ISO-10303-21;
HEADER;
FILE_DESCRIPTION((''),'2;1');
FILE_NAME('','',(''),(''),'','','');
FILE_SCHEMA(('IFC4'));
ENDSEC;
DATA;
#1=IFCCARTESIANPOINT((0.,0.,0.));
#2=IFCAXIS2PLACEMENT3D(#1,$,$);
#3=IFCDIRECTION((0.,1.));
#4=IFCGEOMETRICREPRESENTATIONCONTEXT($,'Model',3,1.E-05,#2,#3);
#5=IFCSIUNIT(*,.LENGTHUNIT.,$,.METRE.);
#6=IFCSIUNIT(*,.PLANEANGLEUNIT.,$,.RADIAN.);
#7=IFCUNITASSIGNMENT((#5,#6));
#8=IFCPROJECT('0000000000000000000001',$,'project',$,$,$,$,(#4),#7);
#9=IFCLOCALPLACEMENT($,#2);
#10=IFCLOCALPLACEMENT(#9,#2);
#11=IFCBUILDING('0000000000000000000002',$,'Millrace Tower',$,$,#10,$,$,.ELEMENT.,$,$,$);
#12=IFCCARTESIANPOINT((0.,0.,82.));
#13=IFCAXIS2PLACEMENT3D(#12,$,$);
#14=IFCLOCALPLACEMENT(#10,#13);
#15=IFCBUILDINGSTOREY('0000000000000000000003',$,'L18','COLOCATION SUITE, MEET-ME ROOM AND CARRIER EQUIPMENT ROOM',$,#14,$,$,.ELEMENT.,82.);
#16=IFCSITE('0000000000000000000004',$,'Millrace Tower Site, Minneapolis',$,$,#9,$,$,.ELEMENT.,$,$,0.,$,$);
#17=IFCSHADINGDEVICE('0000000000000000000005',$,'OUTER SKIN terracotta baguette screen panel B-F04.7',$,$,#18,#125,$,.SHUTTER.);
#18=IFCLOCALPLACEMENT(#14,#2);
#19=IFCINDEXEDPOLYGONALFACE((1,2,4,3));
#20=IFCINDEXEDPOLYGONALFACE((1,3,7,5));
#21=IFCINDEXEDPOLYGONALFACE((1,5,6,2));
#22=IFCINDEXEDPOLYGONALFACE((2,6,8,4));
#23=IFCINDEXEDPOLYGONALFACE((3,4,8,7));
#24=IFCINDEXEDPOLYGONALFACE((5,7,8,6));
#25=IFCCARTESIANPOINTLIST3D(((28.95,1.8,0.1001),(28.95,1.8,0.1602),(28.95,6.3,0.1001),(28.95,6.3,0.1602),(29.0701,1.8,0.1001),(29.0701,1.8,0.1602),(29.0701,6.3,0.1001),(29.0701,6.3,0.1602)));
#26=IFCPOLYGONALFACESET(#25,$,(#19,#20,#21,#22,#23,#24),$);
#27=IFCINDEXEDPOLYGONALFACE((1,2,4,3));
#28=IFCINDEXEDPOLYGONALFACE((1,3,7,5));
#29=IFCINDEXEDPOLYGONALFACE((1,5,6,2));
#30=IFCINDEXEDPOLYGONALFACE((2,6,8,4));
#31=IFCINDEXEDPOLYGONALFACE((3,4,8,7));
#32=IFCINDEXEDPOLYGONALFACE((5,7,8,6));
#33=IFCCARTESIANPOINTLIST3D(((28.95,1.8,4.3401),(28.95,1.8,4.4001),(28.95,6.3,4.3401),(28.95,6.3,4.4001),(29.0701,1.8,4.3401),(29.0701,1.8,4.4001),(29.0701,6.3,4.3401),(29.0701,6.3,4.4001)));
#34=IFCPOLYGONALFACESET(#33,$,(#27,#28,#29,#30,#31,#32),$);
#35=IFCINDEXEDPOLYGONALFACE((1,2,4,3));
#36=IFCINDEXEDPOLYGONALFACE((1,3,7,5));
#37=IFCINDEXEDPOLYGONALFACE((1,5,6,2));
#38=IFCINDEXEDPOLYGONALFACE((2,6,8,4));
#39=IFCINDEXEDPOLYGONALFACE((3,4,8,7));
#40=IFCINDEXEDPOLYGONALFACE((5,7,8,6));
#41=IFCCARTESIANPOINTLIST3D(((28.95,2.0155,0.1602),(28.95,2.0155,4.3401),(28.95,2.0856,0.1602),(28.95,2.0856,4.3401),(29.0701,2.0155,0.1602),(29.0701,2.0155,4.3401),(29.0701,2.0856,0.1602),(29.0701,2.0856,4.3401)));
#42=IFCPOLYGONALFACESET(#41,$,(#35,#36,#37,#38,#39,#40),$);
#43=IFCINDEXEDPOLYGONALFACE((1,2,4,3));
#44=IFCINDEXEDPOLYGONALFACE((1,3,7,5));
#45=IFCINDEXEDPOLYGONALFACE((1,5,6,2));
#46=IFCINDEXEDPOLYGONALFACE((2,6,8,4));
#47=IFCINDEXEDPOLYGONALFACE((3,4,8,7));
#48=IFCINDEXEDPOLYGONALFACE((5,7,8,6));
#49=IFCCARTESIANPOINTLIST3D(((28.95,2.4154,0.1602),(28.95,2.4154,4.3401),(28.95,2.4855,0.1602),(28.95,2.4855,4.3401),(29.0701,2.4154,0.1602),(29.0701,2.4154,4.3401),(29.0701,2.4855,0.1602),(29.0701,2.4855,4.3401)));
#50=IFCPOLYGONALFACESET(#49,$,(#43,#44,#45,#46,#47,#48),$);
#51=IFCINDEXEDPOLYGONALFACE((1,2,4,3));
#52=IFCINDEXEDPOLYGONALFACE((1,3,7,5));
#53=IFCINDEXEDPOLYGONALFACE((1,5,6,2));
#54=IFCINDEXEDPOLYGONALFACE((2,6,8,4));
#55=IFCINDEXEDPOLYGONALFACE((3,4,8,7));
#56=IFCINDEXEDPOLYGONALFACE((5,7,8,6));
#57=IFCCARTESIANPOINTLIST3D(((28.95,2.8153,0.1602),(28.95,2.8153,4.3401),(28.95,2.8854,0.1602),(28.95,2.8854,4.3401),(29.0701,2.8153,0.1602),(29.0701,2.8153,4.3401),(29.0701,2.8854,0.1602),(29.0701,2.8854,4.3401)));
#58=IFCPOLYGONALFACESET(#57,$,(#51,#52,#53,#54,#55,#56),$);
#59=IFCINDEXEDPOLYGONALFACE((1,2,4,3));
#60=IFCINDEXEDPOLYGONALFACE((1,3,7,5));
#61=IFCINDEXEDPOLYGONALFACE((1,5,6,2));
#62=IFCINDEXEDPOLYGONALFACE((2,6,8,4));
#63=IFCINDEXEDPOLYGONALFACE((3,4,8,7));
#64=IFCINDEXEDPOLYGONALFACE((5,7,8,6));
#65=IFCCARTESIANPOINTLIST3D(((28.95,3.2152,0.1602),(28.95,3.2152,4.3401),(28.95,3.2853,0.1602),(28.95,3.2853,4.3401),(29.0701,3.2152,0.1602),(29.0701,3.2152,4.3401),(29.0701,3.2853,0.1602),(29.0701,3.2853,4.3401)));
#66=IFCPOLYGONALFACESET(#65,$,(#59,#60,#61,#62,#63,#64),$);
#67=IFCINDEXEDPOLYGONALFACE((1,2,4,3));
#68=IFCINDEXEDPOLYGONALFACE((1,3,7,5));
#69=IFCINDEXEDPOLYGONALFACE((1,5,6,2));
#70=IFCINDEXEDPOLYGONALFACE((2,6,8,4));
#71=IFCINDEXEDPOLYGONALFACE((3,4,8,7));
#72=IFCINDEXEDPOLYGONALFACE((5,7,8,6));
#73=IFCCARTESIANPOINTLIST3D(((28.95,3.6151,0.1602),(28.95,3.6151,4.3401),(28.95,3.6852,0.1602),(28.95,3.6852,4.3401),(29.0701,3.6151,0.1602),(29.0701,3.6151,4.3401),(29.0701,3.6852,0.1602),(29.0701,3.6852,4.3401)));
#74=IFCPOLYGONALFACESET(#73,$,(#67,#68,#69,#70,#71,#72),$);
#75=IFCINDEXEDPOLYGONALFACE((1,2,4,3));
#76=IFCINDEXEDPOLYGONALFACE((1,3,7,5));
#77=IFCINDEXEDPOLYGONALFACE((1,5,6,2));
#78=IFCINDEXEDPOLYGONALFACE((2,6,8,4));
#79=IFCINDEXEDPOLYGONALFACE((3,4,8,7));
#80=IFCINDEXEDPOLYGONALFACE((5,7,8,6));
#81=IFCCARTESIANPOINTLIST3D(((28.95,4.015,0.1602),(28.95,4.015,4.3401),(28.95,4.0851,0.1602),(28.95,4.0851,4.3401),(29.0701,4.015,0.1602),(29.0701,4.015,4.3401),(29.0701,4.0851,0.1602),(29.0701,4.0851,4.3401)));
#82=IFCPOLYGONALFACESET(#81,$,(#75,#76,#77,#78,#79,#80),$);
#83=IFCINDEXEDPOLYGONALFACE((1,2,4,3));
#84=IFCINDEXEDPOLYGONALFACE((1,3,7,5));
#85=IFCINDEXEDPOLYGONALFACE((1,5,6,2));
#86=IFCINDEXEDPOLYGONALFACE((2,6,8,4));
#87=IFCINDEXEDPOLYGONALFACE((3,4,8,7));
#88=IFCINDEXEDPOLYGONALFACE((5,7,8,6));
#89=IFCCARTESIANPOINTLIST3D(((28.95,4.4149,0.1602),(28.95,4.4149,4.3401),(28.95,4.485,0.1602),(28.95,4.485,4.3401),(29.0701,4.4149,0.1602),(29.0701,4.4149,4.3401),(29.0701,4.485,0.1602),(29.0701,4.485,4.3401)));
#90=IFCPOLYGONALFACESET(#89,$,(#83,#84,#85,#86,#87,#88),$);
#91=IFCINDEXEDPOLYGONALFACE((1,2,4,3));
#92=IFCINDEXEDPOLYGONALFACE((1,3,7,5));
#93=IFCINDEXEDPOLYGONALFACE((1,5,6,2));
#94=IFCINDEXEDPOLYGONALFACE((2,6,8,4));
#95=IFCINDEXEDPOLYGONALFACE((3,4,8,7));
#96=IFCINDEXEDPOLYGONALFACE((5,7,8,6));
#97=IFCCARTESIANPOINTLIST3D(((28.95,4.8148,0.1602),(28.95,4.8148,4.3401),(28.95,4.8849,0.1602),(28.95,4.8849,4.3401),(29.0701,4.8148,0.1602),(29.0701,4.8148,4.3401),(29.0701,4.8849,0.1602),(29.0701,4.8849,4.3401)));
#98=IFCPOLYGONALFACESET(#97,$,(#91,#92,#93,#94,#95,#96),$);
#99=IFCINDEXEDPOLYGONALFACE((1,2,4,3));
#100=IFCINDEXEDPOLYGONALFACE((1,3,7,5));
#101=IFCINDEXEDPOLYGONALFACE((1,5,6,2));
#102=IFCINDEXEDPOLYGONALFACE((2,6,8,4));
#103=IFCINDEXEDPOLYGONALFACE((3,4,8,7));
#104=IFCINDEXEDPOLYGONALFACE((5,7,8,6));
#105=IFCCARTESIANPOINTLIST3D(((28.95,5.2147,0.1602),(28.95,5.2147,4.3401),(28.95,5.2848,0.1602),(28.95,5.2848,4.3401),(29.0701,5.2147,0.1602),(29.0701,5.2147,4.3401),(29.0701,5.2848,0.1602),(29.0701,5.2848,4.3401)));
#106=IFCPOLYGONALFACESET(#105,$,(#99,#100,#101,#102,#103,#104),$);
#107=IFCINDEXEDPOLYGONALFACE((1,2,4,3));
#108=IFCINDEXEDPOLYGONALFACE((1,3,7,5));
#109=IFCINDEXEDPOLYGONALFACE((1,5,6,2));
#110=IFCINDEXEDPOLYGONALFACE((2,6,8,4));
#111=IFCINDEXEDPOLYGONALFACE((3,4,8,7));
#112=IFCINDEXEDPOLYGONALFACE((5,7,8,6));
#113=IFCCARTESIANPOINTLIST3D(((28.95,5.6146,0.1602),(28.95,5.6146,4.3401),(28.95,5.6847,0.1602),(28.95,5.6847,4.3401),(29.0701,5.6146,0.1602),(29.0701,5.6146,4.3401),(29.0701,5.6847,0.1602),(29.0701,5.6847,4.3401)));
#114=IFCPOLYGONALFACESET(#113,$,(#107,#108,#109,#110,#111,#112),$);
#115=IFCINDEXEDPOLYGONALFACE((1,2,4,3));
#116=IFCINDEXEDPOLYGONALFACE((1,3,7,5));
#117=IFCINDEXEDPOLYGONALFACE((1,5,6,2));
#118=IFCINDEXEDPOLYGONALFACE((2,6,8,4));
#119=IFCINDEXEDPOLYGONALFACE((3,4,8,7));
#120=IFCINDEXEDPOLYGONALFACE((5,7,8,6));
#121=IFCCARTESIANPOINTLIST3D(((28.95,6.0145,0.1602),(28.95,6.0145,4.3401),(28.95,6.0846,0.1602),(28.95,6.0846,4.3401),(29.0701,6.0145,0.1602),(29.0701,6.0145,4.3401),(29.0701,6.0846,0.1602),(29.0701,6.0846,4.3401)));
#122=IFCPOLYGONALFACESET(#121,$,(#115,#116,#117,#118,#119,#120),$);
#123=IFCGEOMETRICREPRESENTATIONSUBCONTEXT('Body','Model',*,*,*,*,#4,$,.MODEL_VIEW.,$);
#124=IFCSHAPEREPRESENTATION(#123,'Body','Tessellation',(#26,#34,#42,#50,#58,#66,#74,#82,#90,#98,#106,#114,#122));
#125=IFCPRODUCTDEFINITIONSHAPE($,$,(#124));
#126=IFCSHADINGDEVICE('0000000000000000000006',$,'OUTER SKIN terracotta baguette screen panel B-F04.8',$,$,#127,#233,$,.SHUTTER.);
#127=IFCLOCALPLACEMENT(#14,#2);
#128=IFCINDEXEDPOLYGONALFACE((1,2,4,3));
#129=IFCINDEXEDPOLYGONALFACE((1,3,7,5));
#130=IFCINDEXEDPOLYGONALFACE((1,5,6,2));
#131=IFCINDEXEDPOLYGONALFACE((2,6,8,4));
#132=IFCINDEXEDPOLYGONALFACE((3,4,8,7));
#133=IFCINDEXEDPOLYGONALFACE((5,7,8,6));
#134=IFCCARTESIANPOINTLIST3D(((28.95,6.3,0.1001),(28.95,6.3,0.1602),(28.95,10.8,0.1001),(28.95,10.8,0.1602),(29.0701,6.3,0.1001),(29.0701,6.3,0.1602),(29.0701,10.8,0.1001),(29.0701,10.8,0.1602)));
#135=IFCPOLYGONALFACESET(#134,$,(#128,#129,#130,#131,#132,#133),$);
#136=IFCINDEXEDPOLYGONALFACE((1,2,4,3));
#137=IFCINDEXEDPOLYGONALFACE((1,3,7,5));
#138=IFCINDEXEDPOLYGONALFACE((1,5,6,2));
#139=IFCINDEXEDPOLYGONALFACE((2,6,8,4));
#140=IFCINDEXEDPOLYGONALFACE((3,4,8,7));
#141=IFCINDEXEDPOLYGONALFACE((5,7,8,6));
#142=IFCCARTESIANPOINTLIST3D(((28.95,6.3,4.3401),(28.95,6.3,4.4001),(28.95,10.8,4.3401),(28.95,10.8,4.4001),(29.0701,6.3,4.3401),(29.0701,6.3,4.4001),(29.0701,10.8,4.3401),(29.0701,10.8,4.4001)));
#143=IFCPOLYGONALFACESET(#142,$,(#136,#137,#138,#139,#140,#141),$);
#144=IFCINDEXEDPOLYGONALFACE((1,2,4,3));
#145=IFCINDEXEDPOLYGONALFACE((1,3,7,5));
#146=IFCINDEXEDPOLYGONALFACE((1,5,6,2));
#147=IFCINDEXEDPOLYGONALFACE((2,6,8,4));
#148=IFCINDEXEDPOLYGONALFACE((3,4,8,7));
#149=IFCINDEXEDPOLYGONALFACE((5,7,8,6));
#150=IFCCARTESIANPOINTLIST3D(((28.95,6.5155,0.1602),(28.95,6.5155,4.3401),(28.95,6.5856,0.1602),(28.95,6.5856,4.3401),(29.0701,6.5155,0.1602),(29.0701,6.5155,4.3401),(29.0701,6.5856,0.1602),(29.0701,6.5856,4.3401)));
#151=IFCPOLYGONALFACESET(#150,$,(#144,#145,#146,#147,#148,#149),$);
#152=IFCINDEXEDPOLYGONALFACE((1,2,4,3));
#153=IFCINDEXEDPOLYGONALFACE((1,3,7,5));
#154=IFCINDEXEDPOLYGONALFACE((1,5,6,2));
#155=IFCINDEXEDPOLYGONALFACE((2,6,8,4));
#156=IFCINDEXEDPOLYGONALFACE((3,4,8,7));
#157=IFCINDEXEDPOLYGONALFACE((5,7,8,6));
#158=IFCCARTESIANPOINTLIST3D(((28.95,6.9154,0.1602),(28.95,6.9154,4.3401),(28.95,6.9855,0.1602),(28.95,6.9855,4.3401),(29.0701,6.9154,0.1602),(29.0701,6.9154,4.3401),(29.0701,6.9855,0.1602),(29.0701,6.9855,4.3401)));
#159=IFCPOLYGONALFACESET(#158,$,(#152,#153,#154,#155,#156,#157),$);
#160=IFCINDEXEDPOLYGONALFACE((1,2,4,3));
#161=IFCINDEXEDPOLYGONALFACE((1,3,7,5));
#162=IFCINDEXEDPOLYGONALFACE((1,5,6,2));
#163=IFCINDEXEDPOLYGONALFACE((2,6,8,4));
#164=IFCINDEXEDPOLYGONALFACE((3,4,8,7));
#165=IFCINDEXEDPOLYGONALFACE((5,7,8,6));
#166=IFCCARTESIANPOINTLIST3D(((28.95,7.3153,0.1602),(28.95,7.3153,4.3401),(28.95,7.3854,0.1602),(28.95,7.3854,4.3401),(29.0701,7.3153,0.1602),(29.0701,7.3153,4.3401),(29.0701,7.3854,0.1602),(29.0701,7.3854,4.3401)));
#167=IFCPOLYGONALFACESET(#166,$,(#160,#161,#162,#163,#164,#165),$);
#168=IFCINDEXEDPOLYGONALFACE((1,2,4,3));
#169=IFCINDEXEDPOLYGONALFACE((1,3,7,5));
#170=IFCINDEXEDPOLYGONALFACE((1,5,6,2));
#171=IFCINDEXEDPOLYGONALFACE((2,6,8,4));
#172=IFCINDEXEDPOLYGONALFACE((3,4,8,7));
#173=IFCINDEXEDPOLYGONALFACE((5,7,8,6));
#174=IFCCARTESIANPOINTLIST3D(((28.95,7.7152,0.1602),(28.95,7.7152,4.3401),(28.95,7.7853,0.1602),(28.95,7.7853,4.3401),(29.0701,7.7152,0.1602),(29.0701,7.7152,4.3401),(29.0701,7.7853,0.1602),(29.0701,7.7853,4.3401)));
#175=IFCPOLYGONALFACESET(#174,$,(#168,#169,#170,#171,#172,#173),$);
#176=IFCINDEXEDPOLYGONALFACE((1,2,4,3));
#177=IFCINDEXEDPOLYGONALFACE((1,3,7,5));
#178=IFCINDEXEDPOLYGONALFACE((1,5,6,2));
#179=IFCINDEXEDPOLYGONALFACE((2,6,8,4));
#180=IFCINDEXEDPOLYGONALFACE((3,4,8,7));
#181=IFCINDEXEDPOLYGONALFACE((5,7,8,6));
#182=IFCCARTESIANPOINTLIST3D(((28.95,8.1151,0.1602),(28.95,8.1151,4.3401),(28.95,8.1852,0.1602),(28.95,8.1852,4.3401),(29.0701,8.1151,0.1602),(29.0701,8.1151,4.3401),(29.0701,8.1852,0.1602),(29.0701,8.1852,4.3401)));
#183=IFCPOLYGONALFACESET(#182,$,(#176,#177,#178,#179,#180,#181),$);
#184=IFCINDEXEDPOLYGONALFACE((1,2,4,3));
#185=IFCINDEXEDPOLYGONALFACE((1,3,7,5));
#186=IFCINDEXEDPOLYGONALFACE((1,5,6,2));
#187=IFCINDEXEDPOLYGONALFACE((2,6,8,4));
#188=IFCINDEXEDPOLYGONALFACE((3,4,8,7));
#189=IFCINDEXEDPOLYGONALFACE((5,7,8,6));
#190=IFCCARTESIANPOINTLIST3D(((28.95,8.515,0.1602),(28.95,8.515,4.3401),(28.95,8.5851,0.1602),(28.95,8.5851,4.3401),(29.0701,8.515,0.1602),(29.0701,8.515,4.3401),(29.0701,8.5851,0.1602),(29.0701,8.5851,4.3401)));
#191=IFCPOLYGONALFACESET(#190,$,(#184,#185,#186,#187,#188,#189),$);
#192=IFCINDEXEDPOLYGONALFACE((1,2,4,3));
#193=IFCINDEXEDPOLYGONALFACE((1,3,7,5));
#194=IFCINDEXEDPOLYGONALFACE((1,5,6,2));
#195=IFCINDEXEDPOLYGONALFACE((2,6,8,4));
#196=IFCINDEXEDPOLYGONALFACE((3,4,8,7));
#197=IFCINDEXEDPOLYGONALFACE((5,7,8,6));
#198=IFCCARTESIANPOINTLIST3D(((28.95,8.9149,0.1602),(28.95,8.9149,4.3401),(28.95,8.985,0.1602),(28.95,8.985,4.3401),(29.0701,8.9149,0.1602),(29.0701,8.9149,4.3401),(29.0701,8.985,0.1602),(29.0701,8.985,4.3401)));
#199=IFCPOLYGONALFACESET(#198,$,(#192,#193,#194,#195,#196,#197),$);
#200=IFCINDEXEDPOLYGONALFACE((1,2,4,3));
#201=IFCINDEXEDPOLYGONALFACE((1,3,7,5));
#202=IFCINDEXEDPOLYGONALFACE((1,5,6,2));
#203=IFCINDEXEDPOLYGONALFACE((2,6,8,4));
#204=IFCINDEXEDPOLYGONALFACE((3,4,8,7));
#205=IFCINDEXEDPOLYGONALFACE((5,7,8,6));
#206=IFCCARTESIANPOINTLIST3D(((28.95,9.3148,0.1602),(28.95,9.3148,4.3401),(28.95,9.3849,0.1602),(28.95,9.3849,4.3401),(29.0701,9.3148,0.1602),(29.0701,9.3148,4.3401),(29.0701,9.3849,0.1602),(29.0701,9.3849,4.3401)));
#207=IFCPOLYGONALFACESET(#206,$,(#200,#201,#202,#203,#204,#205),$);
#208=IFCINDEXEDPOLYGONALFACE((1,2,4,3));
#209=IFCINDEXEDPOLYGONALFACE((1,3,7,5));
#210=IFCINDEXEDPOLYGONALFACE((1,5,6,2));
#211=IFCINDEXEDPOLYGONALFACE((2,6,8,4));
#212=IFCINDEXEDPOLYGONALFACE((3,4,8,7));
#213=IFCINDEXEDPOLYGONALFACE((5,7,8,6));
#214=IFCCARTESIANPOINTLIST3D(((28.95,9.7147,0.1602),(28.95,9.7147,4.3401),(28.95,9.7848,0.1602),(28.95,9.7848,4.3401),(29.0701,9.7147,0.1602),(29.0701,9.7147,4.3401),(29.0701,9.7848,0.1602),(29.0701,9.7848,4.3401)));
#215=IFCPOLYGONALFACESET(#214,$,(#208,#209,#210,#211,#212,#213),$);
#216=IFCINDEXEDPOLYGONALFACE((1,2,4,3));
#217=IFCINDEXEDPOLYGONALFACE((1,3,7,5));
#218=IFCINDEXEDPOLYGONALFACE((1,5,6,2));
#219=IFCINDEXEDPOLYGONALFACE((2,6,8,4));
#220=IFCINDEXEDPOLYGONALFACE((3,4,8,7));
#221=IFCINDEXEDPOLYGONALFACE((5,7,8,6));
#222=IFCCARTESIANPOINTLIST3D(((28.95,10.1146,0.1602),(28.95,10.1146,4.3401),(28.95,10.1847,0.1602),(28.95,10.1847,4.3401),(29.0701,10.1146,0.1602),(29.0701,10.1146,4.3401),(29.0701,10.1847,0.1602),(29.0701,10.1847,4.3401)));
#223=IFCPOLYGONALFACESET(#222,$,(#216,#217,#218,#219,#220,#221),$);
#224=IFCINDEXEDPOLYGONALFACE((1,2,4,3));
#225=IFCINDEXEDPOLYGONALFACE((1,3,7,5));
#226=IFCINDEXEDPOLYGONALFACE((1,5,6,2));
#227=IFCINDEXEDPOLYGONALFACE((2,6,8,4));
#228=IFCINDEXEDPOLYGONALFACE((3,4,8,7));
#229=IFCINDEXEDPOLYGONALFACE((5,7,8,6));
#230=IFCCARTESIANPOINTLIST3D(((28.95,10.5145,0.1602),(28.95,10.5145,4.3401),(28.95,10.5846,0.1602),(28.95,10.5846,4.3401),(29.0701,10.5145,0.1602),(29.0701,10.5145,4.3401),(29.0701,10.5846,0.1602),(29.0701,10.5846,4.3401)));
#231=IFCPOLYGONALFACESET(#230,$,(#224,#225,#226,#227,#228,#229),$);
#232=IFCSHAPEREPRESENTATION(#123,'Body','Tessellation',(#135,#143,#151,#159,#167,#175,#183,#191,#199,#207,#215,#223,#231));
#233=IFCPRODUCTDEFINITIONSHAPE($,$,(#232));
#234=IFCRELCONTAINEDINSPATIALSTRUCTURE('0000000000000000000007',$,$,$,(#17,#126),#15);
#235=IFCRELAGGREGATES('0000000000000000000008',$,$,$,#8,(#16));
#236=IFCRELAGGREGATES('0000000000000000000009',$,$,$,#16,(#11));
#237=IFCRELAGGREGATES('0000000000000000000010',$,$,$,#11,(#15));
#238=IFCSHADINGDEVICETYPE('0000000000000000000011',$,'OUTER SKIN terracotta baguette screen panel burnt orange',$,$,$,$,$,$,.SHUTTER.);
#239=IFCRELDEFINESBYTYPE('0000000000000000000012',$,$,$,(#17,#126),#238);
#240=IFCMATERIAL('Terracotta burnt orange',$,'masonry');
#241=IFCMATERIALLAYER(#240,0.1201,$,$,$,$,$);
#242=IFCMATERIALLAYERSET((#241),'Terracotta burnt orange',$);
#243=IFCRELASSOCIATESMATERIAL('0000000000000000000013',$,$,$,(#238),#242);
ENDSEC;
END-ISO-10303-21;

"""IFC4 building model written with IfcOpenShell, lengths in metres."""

from ifc_helpers import new_model, entity, si_unit, direction, frame, frame_2d, origin, origin_2d, place, context, subcontext, project, spatial, rectangle, extrude, source, transform, mapped, material, layer, layer_set, type_object, element, save


model = new_model("IFC4")

# Units and contexts
model_context = context("Model", 3, precision=1e-05, world=origin(), true_north=direction((0.0, 1.0)))
body_context = subcontext(model_context, "Body", "Model", "MODEL_VIEW")
ifc_project = project(units=[si_unit("LENGTHUNIT", "METRE"), si_unit("PLANEANGLEUNIT", "RADIAN")], contexts=[model_context])

# Site, building, storey
site_placement = place(None, origin())
site = spatial("IfcSite", under=ifc_project, at=site_placement, Name="Millrace Tower Site, Minneapolis", CompositionType="ELEMENT", RefElevation=0.0)
building_placement = place(site_placement, origin())
building = spatial("IfcBuilding", under=site, at=building_placement, Name="Millrace Tower", CompositionType="ELEMENT")
storey_placement = place(building_placement, frame((0.0, 0.0, 82.0)))
storey = spatial("IfcBuildingStorey", under=building, at=storey_placement, Name="L18", Description="COLOCATION SUITE, MEET-ME ROOM AND CARRIER EQUIPMENT ROOM", CompositionType="ELEMENT", Elevation=82.0)

# Shading devices
ifc_material_1 = material(Name="Terracotta burnt orange", Category="masonry")
ifc_layer_1 = layer(ifc_material_1, 0.1201)
ifc_layer_set_1 = layer_set([ifc_layer_1], Name="Terracotta burnt orange")
shading_device_type = type_object("IfcShadingDeviceType", Name="OUTER SKIN terracotta baguette screen panel burnt orange", PredefinedType="SHUTTER", material=ifc_layer_set_1)
cartesian_point = entity("IfcCartesianPoint", [-2.25, 0.0601])
shared_polyline = entity("IfcPolyline", [cartesian_point, entity("IfcCartesianPoint", [2.25, 0.0601]), entity("IfcCartesianPoint", [2.25, -0.0601]), entity("IfcCartesianPoint", [-2.25, -0.0601]), cartesian_point])
shared_shape = source(origin(), body_context, "Body", "SweptSolid", [
    entity("IfcExtrudedAreaSolid", entity("IfcArbitraryClosedProfileDef", "AREA", None, shared_polyline), entity("IfcAxis2Placement3D", entity("IfcCartesianPoint", [0.0, 0.0, 0.0])), entity("IfcDirection", [0.0, 0.0, 1.0]), 0.0601),
    entity("IfcExtrudedAreaSolid", entity("IfcArbitraryClosedProfileDef", "AREA", None, shared_polyline), entity("IfcAxis2Placement3D", entity("IfcCartesianPoint", [0.0, 0.0, 4.24])), entity("IfcDirection", [0.0, 0.0, 1.0]), 0.0601),
    extrude(rectangle(XDim=0.0701, YDim=0.1201, at=frame_2d((-1.9995, 0.0))), frame((0.0, 0.0, 0.0601)), (0.0, 0.0, 1.0), 4.1799),
    extrude(rectangle(XDim=0.0701, YDim=0.1201, at=frame_2d((-1.5996, 0.0))), frame((0.0, 0.0, 0.0601)), (0.0, 0.0, 1.0), 4.1799),
    extrude(rectangle(XDim=0.0701, YDim=0.1201, at=frame_2d((-1.1997, 0.0))), frame((0.0, 0.0, 0.0601)), (0.0, 0.0, 1.0), 4.1799),
    extrude(rectangle(XDim=0.0701, YDim=0.1201, at=frame_2d((-0.7998, 0.0))), frame((0.0, 0.0, 0.0601)), (0.0, 0.0, 1.0), 4.1799),
    extrude(rectangle(XDim=0.0701, YDim=0.1201, at=frame_2d((-0.3999, 0.0))), frame((0.0, 0.0, 0.0601)), (0.0, 0.0, 1.0), 4.1799),
    extrude(rectangle(XDim=0.0701, YDim=0.1201, at=origin_2d()), frame((0.0, 0.0, 0.0601)), (0.0, 0.0, 1.0), 4.1799),
    extrude(rectangle(XDim=0.0701, YDim=0.1201, at=frame_2d((0.3999, 0.0))), frame((0.0, 0.0, 0.0601)), (0.0, 0.0, 1.0), 4.1799),
    extrude(rectangle(XDim=0.0701, YDim=0.1201, at=frame_2d((0.7998, 0.0))), frame((0.0, 0.0, 0.0601)), (0.0, 0.0, 1.0), 4.1799),
    extrude(rectangle(XDim=0.0701, YDim=0.1201, at=frame_2d((1.1997, 0.0))), frame((0.0, 0.0, 0.0601)), (0.0, 0.0, 1.0), 4.1799),
    extrude(rectangle(XDim=0.0701, YDim=0.1201, at=frame_2d((1.5996, 0.0))), frame((0.0, 0.0, 0.0601)), (0.0, 0.0, 1.0), 4.1799),
    extrude(rectangle(XDim=0.0701, YDim=0.1201, at=frame_2d((1.9995, 0.0))), frame((0.0, 0.0, 0.0601)), (0.0, 0.0, 1.0), 4.1799),
])
for number, where, z_axis, x_axis, name in (
    (1, (29.01, 4.05, 0.1001), (0.0, 0.0, 1.0), (0.0, 1.0, 0.0), "OUTER SKIN terracotta baguette screen panel B-F04.7"),
    (2, (29.01, 8.55, 0.1001), (0.0, 0.0, 1.0), (0.0, 1.0, 0.0), "OUTER SKIN terracotta baguette screen panel B-F04.8"),
):
    element("IfcShadingDevice", number, at=place(storey_placement, frame(where, z_axis=z_axis, x_axis=x_axis)), inside=storey, type_object=shading_device_type, Name=name, PredefinedType="SHUTTER", context=body_context, shape_type="MappedRepresentation", body=[
        mapped(shared_shape, transform((0.0, 0.0, 0.0), scale=1.0)),
    ])

save(model, "model.ifc")
